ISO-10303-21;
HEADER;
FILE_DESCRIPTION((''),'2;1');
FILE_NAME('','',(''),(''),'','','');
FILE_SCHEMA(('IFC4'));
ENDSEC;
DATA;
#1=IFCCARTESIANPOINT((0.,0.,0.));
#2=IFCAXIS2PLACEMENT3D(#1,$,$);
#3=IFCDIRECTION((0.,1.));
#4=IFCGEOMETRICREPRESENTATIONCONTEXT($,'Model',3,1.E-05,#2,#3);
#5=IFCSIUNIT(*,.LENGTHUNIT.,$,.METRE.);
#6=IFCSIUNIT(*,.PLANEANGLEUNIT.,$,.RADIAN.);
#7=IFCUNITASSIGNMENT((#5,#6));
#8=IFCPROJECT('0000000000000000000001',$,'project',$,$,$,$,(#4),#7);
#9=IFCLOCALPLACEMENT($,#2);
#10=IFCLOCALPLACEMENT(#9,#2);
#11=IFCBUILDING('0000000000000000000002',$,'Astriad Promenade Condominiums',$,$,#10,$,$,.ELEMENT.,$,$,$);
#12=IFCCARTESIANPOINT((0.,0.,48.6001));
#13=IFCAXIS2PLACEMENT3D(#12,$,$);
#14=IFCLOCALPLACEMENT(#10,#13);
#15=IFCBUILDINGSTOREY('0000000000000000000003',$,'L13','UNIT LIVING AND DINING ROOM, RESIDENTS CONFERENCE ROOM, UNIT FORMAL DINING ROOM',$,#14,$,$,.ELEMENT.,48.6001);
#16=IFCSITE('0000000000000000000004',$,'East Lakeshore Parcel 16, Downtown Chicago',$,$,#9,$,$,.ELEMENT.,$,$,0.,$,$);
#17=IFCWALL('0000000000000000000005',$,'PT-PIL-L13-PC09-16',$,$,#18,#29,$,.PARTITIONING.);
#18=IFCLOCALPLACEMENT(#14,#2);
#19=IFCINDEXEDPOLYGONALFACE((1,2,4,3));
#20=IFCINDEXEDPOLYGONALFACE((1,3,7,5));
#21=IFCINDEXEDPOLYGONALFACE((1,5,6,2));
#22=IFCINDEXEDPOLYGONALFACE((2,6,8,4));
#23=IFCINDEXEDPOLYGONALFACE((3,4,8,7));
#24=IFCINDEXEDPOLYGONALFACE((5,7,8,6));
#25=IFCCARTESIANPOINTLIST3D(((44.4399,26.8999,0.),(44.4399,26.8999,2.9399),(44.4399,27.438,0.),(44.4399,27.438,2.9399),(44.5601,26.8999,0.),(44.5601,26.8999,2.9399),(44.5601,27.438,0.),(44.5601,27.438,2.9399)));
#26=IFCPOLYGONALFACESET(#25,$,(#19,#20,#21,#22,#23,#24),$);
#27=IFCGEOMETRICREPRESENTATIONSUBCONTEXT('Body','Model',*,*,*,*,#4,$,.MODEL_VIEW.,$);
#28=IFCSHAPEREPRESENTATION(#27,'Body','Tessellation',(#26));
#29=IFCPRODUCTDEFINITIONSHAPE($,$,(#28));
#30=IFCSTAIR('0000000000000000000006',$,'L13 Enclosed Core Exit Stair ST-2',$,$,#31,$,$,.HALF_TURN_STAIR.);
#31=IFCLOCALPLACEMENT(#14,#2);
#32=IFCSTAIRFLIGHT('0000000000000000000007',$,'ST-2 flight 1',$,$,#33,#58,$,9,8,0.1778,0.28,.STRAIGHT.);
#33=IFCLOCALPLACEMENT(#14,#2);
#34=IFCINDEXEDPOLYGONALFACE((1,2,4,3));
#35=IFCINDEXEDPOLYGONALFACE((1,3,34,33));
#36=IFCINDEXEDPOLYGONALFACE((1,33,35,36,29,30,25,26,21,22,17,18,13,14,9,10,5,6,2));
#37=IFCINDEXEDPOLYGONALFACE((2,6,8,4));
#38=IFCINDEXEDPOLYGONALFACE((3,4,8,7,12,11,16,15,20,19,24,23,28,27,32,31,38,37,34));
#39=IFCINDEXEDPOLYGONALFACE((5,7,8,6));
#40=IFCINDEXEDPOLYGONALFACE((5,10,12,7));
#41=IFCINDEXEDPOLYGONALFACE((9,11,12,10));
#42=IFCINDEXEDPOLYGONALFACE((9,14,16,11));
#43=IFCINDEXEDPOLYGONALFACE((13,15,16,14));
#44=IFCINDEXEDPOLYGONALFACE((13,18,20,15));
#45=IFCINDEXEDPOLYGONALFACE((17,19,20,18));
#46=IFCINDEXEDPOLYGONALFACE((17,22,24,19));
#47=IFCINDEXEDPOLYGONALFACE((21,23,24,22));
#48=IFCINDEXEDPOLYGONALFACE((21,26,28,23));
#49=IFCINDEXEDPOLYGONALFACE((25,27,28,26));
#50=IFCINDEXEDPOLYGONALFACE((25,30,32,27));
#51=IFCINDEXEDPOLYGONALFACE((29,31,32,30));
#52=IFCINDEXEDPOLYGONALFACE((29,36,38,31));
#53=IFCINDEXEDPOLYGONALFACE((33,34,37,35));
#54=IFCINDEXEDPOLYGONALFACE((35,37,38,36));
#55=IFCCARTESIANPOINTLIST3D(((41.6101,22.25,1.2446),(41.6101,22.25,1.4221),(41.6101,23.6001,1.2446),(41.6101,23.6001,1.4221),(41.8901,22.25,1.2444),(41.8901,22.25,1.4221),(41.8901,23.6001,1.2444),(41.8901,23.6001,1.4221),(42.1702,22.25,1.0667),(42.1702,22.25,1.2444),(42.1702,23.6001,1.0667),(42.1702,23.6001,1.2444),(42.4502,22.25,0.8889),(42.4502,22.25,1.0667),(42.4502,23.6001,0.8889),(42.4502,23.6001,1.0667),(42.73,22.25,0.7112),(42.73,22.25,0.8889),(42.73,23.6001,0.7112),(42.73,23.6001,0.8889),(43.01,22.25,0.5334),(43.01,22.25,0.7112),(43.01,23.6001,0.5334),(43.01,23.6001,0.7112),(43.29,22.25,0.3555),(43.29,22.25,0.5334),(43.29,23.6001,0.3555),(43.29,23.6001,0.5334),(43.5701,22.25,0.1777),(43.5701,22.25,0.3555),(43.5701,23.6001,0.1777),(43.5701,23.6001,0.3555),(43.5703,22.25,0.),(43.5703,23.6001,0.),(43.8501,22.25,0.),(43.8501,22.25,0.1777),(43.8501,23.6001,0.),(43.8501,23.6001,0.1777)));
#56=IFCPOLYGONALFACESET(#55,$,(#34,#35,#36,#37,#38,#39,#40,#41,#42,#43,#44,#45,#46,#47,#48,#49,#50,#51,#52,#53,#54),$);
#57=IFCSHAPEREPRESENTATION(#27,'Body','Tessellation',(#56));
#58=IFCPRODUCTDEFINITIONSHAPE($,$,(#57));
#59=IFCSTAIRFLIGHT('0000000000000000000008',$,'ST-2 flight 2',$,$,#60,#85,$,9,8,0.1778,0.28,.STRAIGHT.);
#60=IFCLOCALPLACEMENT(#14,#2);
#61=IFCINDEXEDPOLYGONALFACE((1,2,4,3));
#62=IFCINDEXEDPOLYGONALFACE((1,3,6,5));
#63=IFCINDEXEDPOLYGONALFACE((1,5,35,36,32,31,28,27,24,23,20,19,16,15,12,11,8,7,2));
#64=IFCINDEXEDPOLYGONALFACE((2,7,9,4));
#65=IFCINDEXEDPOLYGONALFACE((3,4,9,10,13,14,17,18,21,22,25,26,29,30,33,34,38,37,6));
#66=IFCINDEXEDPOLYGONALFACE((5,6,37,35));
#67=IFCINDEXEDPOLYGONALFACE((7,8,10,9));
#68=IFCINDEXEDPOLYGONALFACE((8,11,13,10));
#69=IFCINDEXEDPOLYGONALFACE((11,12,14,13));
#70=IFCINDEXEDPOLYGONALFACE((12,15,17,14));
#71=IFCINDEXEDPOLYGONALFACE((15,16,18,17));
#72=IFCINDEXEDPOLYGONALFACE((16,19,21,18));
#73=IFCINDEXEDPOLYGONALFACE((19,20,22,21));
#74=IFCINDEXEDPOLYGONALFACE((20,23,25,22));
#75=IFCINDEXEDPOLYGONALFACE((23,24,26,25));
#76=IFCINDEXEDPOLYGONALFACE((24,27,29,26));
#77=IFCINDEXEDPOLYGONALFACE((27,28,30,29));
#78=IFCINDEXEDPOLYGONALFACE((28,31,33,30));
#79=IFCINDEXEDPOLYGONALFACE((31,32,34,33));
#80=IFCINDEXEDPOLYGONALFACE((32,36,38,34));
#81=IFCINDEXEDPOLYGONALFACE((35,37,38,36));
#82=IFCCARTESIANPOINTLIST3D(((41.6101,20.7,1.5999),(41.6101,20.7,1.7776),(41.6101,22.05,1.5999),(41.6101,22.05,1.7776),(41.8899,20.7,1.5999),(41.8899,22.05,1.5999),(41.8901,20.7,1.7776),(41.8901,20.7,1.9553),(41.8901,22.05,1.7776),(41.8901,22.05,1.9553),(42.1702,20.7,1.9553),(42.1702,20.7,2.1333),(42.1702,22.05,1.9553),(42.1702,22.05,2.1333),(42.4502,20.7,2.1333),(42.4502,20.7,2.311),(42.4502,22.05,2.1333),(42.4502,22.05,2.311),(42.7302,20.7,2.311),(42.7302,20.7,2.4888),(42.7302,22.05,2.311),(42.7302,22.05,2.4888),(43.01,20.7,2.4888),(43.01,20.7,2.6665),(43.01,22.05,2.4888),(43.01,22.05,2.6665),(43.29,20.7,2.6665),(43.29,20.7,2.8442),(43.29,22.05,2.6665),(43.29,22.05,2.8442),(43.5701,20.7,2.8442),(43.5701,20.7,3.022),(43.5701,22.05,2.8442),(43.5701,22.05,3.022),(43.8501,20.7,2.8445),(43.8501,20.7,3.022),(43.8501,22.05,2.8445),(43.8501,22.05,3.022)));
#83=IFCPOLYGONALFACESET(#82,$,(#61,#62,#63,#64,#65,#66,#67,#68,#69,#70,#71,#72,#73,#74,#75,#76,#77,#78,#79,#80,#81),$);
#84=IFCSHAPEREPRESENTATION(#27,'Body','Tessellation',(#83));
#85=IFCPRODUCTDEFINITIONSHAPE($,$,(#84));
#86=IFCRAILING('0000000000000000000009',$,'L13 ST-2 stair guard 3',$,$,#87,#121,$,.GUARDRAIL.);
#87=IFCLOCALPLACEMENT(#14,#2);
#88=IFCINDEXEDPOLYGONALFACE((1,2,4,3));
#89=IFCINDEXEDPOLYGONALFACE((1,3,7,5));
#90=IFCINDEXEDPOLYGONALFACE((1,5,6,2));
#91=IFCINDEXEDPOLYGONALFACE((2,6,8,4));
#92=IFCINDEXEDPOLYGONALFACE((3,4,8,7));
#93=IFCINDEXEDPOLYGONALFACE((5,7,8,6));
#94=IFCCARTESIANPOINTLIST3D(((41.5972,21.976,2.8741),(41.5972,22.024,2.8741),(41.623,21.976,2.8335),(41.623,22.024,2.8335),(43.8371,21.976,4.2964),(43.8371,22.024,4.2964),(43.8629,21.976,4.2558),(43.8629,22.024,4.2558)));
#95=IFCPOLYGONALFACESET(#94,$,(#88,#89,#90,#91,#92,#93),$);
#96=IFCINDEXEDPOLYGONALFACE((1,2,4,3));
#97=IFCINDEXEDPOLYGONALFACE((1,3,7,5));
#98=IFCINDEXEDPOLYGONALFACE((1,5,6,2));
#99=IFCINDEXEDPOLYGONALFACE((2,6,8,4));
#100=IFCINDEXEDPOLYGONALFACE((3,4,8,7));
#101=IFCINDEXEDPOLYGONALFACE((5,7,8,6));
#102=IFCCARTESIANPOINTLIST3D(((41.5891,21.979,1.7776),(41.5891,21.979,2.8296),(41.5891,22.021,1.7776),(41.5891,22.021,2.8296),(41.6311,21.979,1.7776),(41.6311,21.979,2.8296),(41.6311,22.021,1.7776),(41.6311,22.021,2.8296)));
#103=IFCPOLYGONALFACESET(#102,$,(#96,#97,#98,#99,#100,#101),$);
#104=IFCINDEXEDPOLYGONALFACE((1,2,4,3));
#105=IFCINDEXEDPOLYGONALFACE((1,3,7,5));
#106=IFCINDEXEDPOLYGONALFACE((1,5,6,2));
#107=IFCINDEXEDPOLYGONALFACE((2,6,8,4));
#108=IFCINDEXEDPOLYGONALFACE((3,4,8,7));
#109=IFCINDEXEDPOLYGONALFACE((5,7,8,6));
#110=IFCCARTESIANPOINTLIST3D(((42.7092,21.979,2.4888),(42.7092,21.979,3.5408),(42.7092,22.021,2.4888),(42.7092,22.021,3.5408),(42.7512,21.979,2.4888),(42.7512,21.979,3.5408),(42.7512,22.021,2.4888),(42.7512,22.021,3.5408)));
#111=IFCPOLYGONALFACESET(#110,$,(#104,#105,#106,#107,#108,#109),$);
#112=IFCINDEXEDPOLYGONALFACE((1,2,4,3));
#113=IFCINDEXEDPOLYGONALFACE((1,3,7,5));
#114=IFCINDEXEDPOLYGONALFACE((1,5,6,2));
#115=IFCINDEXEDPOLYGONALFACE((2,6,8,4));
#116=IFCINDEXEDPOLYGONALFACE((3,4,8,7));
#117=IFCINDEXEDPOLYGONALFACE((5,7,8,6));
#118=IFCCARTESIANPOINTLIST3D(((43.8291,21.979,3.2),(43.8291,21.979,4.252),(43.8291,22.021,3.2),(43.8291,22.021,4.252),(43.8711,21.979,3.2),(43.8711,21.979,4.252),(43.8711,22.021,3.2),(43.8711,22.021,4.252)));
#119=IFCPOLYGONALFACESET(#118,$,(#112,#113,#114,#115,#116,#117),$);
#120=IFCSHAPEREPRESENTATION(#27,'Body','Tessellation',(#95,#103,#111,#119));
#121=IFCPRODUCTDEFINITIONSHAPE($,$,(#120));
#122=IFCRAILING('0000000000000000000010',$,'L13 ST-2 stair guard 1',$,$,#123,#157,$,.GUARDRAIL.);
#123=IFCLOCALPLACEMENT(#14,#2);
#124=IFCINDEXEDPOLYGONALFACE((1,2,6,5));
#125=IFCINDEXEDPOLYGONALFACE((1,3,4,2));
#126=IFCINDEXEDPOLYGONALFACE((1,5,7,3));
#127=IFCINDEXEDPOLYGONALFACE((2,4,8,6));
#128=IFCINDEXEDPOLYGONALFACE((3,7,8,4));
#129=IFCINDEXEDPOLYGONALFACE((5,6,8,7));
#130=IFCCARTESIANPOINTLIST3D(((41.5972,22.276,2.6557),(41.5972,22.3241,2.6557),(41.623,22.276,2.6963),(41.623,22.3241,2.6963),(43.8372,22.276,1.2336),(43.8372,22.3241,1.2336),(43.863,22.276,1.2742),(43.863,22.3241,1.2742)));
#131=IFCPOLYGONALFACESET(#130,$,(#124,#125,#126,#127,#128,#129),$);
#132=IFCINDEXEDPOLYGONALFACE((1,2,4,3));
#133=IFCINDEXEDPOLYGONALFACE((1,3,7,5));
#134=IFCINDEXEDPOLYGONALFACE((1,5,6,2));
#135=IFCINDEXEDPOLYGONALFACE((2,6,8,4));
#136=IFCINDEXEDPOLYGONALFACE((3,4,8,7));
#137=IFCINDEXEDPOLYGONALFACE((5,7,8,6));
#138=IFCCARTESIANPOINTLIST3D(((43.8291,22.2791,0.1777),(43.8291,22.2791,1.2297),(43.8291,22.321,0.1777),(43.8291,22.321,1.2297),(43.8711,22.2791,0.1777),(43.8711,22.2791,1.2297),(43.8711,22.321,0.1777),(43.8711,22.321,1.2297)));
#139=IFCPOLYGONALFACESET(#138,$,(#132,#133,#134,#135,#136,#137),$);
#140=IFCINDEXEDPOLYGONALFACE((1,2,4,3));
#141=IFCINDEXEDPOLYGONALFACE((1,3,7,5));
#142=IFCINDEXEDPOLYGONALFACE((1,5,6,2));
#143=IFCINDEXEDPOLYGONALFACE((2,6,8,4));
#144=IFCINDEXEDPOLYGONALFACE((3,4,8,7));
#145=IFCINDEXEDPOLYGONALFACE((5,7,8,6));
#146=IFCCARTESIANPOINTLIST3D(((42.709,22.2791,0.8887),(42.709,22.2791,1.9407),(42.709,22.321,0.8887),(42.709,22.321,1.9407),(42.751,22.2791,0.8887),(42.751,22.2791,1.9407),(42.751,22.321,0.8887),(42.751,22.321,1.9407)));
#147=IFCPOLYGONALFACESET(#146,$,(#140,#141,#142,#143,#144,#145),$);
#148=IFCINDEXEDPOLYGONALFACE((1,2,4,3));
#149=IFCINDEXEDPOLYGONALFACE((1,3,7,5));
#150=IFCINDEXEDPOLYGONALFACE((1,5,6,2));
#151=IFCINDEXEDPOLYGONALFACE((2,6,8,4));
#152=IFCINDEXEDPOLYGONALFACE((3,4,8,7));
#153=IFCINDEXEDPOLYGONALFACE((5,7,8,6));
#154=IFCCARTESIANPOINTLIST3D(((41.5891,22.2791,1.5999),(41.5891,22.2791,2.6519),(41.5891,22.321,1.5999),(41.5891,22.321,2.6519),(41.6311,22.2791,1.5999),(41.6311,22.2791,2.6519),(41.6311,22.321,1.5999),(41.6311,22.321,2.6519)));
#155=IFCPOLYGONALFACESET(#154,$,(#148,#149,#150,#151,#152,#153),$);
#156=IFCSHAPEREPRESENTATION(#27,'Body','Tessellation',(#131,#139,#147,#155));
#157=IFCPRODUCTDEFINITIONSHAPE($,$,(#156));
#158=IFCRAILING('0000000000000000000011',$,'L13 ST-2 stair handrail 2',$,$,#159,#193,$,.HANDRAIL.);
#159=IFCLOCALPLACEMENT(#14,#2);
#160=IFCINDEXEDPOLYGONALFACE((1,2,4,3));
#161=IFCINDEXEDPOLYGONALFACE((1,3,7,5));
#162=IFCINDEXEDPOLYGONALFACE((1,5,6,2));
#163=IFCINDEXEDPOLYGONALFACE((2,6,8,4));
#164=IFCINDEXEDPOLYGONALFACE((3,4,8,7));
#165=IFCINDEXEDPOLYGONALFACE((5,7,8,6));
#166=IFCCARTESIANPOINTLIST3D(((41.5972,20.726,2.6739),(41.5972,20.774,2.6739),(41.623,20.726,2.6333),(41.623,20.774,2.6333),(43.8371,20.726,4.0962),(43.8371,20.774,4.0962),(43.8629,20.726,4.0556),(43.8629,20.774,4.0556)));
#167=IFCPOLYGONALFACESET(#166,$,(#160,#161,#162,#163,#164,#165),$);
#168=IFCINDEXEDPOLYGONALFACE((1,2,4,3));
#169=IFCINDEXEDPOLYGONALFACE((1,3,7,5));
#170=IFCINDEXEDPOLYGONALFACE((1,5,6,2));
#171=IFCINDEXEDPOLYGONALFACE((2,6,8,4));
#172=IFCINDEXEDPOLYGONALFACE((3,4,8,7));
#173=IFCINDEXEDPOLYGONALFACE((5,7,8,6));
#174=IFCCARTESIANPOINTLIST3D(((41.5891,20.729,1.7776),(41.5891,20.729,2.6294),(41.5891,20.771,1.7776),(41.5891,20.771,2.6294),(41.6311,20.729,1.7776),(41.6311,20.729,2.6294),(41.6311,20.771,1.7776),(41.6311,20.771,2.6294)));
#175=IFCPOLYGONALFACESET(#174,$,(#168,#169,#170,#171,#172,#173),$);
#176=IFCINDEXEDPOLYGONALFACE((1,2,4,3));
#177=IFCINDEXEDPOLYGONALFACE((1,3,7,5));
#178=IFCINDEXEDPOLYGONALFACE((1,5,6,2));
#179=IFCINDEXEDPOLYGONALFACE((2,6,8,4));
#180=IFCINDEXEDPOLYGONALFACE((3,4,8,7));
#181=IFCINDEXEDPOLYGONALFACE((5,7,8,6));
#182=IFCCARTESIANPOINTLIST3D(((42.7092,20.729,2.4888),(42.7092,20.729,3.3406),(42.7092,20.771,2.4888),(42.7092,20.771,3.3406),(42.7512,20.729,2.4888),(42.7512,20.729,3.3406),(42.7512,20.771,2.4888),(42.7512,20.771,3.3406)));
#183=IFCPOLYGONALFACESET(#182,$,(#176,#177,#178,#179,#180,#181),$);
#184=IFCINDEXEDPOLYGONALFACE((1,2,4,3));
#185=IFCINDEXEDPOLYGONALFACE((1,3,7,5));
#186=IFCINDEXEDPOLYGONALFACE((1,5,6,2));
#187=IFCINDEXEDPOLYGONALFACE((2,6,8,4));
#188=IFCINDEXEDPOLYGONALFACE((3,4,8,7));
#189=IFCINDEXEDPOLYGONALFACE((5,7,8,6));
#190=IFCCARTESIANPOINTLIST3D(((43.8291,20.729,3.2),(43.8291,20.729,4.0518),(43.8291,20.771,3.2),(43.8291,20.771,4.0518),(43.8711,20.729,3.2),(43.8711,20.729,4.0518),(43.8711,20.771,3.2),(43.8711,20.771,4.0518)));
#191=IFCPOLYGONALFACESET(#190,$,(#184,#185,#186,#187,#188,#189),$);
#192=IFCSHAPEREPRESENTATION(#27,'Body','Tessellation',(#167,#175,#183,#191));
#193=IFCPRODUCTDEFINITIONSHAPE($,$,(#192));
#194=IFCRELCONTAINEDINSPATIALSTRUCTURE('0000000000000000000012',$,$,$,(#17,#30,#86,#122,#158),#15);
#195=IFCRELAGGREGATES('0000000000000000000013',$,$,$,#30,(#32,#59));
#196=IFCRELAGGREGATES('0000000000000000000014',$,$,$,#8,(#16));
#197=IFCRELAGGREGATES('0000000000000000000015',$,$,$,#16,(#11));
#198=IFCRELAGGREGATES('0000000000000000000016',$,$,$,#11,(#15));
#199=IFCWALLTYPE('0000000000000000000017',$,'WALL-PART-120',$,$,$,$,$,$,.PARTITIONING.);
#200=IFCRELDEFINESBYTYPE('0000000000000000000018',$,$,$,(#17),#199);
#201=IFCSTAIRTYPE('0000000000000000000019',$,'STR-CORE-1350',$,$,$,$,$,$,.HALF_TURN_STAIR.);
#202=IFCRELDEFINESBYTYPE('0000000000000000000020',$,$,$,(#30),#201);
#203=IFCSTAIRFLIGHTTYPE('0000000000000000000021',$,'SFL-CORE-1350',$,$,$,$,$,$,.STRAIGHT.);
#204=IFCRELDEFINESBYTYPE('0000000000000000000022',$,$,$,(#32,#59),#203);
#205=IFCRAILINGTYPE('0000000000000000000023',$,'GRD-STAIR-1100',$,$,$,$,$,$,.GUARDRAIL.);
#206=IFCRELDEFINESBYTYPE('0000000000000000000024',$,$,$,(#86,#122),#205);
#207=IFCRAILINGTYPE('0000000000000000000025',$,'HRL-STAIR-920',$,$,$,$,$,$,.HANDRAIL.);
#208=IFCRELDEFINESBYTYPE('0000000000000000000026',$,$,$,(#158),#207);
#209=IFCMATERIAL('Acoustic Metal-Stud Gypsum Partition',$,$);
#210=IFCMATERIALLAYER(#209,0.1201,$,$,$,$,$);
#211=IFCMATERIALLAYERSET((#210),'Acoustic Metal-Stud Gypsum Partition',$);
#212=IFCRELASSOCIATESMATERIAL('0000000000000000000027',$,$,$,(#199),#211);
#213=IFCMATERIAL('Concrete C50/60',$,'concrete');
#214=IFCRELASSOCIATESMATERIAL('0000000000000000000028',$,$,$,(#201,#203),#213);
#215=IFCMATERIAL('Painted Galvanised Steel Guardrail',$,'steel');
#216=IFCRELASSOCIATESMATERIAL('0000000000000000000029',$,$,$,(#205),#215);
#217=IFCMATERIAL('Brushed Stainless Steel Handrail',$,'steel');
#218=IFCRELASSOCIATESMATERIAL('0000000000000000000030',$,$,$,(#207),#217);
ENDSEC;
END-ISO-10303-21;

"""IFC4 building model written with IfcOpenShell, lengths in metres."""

from ifc_helpers import new_model, si_unit, direction, frame, frame_2d, origin, origin_2d, place, context, subcontext, project, spatial, polyline, rectangle, outline, extrude, source, transform, mapped, material, layer, layer_set, type_object, type_shapes, element, aggregate, save


model = new_model("IFC4")

# Units and contexts
model_context = context("Model", 3, precision=1e-05, world=origin(), true_north=direction((0.0, 1.0)))
body_context = subcontext(model_context, "Body", "Model", "MODEL_VIEW")
ifc_project = project(units=[si_unit("LENGTHUNIT", "METRE"), si_unit("PLANEANGLEUNIT", "RADIAN")], contexts=[model_context])

# Site, building, storey
site_placement = place(None, origin())
site = spatial("IfcSite", under=ifc_project, at=site_placement, Name="East Lakeshore Parcel 16, Downtown Chicago", CompositionType="ELEMENT", RefElevation=0.0)
building_placement = place(site_placement, origin())
building = spatial("IfcBuilding", under=site, at=building_placement, Name="Astriad Promenade Condominiums", CompositionType="ELEMENT")
storey_placement = place(building_placement, frame((0.0, 0.0, 48.6001)))
storey = spatial("IfcBuildingStorey", under=building, at=storey_placement, Name="L13", Description="UNIT LIVING AND DINING ROOM, RESIDENTS CONFERENCE ROOM, UNIT FORMAL DINING ROOM", CompositionType="ELEMENT", Elevation=48.6001)

# Shared definitions
ifc_material_1 = material(Name="Concrete C50/60", Category="concrete")

# Wall
ifc_material_2 = material(Name="Acoustic Metal-Stud Gypsum Partition")
ifc_layer_1 = layer(ifc_material_2, 0.1201)
ifc_layer_set_1 = layer_set([ifc_layer_1], Name="Acoustic Metal-Stud Gypsum Partition")
wall_type_1 = type_object("IfcWallType", Name="WALL-PART-120", PredefinedType="PARTITIONING", material=ifc_layer_set_1)
wall_1_placement = place(storey_placement, frame((44.5, 26.8999, 0.0), z_axis=(0.0, 0.0, 1.0), x_axis=(0.0, 1.0, 0.0)))
element("IfcWall", 1, at=wall_1_placement, inside=storey, type_object=wall_type_1, Name="PT-PIL-L13-PC09-16", PredefinedType="PARTITIONING", context=body_context, shape_type="SweptSolid", body=[
    extrude(rectangle(XDim=0.5381, YDim=0.1201, at=frame_2d((0.269, 0.0))), origin(), (0.0, 0.0, 1.0), 2.9399),
])

# Stair, stair flights
stair_type = type_object("IfcStairType", Name="STR-CORE-1350", PredefinedType="HALF_TURN_STAIR", material=ifc_material_1)
stair_placement = place(storey_placement, origin())
stair = element("IfcStair", 2, at=stair_placement, inside=storey, type_object=stair_type, Name="L13 Enclosed Core Exit Stair ST-2", PredefinedType="HALF_TURN_STAIR")
stair_flight_type = type_object("IfcStairFlightType", Name="SFL-CORE-1350", PredefinedType="STRAIGHT", material=ifc_material_1)
shared_shape_1 = source(origin(), body_context, "Body", "SweptSolid", [
    extrude(outline(polyline([(0.0, 0.0), (0.0, 0.1777), (0.28, 0.1777), (0.28, 0.3555), (0.5601, 0.3555), (0.5601, 0.5334), (0.8401, 0.5334), (0.8401, 0.7112), (1.1201, 0.7112), (1.1201, 0.8889), (1.3999, 0.8889), (1.3999, 1.0667), (1.6799, 1.0667), (1.6799, 1.2444), (1.96, 1.2444), (1.96, 1.4221), (2.24, 1.4221), (2.24, 1.6001), (2.24, 1.2446), (0.2798, 0.0), (0.0, 0.0)])), frame((0.0, 0.675, 0.0), z_axis=(0.0, -1.0, 0.0), x_axis=(1.0, 0.0, 0.0)), (0.0, 0.0, 1.0), 1.3501),
])
type_shapes(stair_flight_type, [shared_shape_1])
stair_flight_1_placement = place(storey_placement, frame((43.8501, 22.925, 0.0), z_axis=(0.0, 0.0, 1.0), x_axis=(-1.0, 0.0, 0.0)))
stair_flight_1 = element("IfcStairFlight", 3, at=stair_flight_1_placement, type_object=stair_flight_type, Name="ST-2 flight 1", NumberOfRisers=9, NumberOfTreads=8, PredefinedType="STRAIGHT", RiserHeight=0.1778, TreadLength=0.28, context=body_context, shape_type="MappedRepresentation", body=[
    mapped(shared_shape_1, transform((0.0, 0.0, 0.0), scale=1.0)),
])
stair_flight_2_placement = place(storey_placement, frame((41.6101, 21.375, 1.5999), z_axis=(0.0, 0.0, 1.0), x_axis=(1.0, 0.0, 0.0)))
stair_flight_2 = element("IfcStairFlight", 4, at=stair_flight_2_placement, type_object=stair_flight_type, Name="ST-2 flight 2", NumberOfRisers=9, NumberOfTreads=8, PredefinedType="STRAIGHT", RiserHeight=0.1778, TreadLength=0.28, context=body_context, shape_type="MappedRepresentation", body=[
    mapped(shared_shape_1, transform((0.0, 0.0, 0.0), scale=1.0)),
])
aggregate(stair, [stair_flight_1, stair_flight_2])

# Railings
ifc_material_3 = material(Name="Painted Galvanised Steel Guardrail", Category="steel")
railing_type_1 = type_object("IfcRailingType", Name="GRD-STAIR-1100", PredefinedType="GUARDRAIL", material=ifc_material_3)
shared_shape_2 = source(origin(), body_context, "Body", "SweptSolid", [
    extrude(rectangle(XDim=0.0481, YDim=0.0481, at=origin_2d()), frame((0.0, 0.0, 1.0762), z_axis=(0.844188, 0.0, 0.536048), x_axis=(0.0, 1.0, 0.0)), (0.0, 0.0, 1.0), 2.6533),
    extrude(rectangle(XDim=0.042, YDim=0.042, at=origin_2d()), origin(), (0.0, 0.0, 1.0), 1.052),
    extrude(rectangle(XDim=0.042, YDim=0.042, at=origin_2d()), frame((1.1201, 0.0, 0.7112)), (0.0, 0.0, 1.0), 1.052),
    extrude(rectangle(XDim=0.042, YDim=0.042, at=origin_2d()), frame((2.24, 0.0, 1.4224)), (0.0, 0.0, 1.0), 1.052),
])
railing_1_placement = place(storey_placement, frame((41.6101, 22.0, 1.7776)))
element("IfcRailing", 5, at=railing_1_placement, inside=storey, type_object=railing_type_1, Name="L13 ST-2 stair guard 3", PredefinedType="GUARDRAIL", context=body_context, shape_type="MappedRepresentation", body=[
    mapped(shared_shape_2, transform((0.0, 0.0, 0.0), scale=1.0)),
])
shared_shape_3 = source(origin(), body_context, "Body", "SweptSolid", [
    extrude(rectangle(XDim=0.0481, YDim=0.0481, at=origin_2d()), frame((0.0, 0.0, 1.0762), z_axis=(-0.844229, 0.0, 0.535982), x_axis=(0.0, -1.0, 0.0)), (0.0, 0.0, 1.0), 2.6533),
    extrude(rectangle(XDim=0.042, YDim=0.042, at=origin_2d()), origin(), (0.0, 0.0, 1.0), 1.052),
    extrude(rectangle(XDim=0.042, YDim=0.042, at=origin_2d()), frame((-1.1201, 0.0, 0.7109)), (0.0, 0.0, 1.0), 1.052),
    extrude(rectangle(XDim=0.042, YDim=0.042, at=origin_2d()), frame((-2.24, 0.0, 1.4221)), (0.0, 0.0, 1.0), 1.052),
])
railing_2_placement = place(storey_placement, frame((43.8501, 22.3, 0.1777)))
element("IfcRailing", 6, at=railing_2_placement, inside=storey, type_object=railing_type_1, Name="L13 ST-2 stair guard 1", PredefinedType="GUARDRAIL", context=body_context, shape_type="MappedRepresentation", body=[
    mapped(shared_shape_3, transform((0.0, 0.0, 0.0), scale=1.0)),
])
ifc_material_4 = material(Name="Brushed Stainless Steel Handrail", Category="steel")
railing_type_2 = type_object("IfcRailingType", Name="HRL-STAIR-920", PredefinedType="HANDRAIL", material=ifc_material_4)
shared_shape_4 = source(origin(), body_context, "Body", "SweptSolid", [
    extrude(rectangle(XDim=0.0481, YDim=0.0481, at=origin_2d()), frame((0.0, 0.0, 0.876), z_axis=(0.844188, 0.0, 0.536048), x_axis=(0.0, 1.0, 0.0)), (0.0, 0.0, 1.0), 2.6533),
    extrude(rectangle(XDim=0.042, YDim=0.042, at=origin_2d()), origin(), (0.0, 0.0, 1.0), 0.8518),
    extrude(rectangle(XDim=0.042, YDim=0.042, at=origin_2d()), frame((1.1201, 0.0, 0.7112)), (0.0, 0.0, 1.0), 0.8518),
    extrude(rectangle(XDim=0.042, YDim=0.042, at=origin_2d()), frame((2.24, 0.0, 1.4224)), (0.0, 0.0, 1.0), 0.8518),
])
railing_3_placement = place(storey_placement, frame((41.6101, 20.75, 1.7776)))
element("IfcRailing", 7, at=railing_3_placement, inside=storey, type_object=railing_type_2, Name="L13 ST-2 stair handrail 2", PredefinedType="HANDRAIL", context=body_context, shape_type="MappedRepresentation", body=[
    mapped(shared_shape_4, transform((0.0, 0.0, 0.0), scale=1.0)),
])

save(model, "model.ifc")
